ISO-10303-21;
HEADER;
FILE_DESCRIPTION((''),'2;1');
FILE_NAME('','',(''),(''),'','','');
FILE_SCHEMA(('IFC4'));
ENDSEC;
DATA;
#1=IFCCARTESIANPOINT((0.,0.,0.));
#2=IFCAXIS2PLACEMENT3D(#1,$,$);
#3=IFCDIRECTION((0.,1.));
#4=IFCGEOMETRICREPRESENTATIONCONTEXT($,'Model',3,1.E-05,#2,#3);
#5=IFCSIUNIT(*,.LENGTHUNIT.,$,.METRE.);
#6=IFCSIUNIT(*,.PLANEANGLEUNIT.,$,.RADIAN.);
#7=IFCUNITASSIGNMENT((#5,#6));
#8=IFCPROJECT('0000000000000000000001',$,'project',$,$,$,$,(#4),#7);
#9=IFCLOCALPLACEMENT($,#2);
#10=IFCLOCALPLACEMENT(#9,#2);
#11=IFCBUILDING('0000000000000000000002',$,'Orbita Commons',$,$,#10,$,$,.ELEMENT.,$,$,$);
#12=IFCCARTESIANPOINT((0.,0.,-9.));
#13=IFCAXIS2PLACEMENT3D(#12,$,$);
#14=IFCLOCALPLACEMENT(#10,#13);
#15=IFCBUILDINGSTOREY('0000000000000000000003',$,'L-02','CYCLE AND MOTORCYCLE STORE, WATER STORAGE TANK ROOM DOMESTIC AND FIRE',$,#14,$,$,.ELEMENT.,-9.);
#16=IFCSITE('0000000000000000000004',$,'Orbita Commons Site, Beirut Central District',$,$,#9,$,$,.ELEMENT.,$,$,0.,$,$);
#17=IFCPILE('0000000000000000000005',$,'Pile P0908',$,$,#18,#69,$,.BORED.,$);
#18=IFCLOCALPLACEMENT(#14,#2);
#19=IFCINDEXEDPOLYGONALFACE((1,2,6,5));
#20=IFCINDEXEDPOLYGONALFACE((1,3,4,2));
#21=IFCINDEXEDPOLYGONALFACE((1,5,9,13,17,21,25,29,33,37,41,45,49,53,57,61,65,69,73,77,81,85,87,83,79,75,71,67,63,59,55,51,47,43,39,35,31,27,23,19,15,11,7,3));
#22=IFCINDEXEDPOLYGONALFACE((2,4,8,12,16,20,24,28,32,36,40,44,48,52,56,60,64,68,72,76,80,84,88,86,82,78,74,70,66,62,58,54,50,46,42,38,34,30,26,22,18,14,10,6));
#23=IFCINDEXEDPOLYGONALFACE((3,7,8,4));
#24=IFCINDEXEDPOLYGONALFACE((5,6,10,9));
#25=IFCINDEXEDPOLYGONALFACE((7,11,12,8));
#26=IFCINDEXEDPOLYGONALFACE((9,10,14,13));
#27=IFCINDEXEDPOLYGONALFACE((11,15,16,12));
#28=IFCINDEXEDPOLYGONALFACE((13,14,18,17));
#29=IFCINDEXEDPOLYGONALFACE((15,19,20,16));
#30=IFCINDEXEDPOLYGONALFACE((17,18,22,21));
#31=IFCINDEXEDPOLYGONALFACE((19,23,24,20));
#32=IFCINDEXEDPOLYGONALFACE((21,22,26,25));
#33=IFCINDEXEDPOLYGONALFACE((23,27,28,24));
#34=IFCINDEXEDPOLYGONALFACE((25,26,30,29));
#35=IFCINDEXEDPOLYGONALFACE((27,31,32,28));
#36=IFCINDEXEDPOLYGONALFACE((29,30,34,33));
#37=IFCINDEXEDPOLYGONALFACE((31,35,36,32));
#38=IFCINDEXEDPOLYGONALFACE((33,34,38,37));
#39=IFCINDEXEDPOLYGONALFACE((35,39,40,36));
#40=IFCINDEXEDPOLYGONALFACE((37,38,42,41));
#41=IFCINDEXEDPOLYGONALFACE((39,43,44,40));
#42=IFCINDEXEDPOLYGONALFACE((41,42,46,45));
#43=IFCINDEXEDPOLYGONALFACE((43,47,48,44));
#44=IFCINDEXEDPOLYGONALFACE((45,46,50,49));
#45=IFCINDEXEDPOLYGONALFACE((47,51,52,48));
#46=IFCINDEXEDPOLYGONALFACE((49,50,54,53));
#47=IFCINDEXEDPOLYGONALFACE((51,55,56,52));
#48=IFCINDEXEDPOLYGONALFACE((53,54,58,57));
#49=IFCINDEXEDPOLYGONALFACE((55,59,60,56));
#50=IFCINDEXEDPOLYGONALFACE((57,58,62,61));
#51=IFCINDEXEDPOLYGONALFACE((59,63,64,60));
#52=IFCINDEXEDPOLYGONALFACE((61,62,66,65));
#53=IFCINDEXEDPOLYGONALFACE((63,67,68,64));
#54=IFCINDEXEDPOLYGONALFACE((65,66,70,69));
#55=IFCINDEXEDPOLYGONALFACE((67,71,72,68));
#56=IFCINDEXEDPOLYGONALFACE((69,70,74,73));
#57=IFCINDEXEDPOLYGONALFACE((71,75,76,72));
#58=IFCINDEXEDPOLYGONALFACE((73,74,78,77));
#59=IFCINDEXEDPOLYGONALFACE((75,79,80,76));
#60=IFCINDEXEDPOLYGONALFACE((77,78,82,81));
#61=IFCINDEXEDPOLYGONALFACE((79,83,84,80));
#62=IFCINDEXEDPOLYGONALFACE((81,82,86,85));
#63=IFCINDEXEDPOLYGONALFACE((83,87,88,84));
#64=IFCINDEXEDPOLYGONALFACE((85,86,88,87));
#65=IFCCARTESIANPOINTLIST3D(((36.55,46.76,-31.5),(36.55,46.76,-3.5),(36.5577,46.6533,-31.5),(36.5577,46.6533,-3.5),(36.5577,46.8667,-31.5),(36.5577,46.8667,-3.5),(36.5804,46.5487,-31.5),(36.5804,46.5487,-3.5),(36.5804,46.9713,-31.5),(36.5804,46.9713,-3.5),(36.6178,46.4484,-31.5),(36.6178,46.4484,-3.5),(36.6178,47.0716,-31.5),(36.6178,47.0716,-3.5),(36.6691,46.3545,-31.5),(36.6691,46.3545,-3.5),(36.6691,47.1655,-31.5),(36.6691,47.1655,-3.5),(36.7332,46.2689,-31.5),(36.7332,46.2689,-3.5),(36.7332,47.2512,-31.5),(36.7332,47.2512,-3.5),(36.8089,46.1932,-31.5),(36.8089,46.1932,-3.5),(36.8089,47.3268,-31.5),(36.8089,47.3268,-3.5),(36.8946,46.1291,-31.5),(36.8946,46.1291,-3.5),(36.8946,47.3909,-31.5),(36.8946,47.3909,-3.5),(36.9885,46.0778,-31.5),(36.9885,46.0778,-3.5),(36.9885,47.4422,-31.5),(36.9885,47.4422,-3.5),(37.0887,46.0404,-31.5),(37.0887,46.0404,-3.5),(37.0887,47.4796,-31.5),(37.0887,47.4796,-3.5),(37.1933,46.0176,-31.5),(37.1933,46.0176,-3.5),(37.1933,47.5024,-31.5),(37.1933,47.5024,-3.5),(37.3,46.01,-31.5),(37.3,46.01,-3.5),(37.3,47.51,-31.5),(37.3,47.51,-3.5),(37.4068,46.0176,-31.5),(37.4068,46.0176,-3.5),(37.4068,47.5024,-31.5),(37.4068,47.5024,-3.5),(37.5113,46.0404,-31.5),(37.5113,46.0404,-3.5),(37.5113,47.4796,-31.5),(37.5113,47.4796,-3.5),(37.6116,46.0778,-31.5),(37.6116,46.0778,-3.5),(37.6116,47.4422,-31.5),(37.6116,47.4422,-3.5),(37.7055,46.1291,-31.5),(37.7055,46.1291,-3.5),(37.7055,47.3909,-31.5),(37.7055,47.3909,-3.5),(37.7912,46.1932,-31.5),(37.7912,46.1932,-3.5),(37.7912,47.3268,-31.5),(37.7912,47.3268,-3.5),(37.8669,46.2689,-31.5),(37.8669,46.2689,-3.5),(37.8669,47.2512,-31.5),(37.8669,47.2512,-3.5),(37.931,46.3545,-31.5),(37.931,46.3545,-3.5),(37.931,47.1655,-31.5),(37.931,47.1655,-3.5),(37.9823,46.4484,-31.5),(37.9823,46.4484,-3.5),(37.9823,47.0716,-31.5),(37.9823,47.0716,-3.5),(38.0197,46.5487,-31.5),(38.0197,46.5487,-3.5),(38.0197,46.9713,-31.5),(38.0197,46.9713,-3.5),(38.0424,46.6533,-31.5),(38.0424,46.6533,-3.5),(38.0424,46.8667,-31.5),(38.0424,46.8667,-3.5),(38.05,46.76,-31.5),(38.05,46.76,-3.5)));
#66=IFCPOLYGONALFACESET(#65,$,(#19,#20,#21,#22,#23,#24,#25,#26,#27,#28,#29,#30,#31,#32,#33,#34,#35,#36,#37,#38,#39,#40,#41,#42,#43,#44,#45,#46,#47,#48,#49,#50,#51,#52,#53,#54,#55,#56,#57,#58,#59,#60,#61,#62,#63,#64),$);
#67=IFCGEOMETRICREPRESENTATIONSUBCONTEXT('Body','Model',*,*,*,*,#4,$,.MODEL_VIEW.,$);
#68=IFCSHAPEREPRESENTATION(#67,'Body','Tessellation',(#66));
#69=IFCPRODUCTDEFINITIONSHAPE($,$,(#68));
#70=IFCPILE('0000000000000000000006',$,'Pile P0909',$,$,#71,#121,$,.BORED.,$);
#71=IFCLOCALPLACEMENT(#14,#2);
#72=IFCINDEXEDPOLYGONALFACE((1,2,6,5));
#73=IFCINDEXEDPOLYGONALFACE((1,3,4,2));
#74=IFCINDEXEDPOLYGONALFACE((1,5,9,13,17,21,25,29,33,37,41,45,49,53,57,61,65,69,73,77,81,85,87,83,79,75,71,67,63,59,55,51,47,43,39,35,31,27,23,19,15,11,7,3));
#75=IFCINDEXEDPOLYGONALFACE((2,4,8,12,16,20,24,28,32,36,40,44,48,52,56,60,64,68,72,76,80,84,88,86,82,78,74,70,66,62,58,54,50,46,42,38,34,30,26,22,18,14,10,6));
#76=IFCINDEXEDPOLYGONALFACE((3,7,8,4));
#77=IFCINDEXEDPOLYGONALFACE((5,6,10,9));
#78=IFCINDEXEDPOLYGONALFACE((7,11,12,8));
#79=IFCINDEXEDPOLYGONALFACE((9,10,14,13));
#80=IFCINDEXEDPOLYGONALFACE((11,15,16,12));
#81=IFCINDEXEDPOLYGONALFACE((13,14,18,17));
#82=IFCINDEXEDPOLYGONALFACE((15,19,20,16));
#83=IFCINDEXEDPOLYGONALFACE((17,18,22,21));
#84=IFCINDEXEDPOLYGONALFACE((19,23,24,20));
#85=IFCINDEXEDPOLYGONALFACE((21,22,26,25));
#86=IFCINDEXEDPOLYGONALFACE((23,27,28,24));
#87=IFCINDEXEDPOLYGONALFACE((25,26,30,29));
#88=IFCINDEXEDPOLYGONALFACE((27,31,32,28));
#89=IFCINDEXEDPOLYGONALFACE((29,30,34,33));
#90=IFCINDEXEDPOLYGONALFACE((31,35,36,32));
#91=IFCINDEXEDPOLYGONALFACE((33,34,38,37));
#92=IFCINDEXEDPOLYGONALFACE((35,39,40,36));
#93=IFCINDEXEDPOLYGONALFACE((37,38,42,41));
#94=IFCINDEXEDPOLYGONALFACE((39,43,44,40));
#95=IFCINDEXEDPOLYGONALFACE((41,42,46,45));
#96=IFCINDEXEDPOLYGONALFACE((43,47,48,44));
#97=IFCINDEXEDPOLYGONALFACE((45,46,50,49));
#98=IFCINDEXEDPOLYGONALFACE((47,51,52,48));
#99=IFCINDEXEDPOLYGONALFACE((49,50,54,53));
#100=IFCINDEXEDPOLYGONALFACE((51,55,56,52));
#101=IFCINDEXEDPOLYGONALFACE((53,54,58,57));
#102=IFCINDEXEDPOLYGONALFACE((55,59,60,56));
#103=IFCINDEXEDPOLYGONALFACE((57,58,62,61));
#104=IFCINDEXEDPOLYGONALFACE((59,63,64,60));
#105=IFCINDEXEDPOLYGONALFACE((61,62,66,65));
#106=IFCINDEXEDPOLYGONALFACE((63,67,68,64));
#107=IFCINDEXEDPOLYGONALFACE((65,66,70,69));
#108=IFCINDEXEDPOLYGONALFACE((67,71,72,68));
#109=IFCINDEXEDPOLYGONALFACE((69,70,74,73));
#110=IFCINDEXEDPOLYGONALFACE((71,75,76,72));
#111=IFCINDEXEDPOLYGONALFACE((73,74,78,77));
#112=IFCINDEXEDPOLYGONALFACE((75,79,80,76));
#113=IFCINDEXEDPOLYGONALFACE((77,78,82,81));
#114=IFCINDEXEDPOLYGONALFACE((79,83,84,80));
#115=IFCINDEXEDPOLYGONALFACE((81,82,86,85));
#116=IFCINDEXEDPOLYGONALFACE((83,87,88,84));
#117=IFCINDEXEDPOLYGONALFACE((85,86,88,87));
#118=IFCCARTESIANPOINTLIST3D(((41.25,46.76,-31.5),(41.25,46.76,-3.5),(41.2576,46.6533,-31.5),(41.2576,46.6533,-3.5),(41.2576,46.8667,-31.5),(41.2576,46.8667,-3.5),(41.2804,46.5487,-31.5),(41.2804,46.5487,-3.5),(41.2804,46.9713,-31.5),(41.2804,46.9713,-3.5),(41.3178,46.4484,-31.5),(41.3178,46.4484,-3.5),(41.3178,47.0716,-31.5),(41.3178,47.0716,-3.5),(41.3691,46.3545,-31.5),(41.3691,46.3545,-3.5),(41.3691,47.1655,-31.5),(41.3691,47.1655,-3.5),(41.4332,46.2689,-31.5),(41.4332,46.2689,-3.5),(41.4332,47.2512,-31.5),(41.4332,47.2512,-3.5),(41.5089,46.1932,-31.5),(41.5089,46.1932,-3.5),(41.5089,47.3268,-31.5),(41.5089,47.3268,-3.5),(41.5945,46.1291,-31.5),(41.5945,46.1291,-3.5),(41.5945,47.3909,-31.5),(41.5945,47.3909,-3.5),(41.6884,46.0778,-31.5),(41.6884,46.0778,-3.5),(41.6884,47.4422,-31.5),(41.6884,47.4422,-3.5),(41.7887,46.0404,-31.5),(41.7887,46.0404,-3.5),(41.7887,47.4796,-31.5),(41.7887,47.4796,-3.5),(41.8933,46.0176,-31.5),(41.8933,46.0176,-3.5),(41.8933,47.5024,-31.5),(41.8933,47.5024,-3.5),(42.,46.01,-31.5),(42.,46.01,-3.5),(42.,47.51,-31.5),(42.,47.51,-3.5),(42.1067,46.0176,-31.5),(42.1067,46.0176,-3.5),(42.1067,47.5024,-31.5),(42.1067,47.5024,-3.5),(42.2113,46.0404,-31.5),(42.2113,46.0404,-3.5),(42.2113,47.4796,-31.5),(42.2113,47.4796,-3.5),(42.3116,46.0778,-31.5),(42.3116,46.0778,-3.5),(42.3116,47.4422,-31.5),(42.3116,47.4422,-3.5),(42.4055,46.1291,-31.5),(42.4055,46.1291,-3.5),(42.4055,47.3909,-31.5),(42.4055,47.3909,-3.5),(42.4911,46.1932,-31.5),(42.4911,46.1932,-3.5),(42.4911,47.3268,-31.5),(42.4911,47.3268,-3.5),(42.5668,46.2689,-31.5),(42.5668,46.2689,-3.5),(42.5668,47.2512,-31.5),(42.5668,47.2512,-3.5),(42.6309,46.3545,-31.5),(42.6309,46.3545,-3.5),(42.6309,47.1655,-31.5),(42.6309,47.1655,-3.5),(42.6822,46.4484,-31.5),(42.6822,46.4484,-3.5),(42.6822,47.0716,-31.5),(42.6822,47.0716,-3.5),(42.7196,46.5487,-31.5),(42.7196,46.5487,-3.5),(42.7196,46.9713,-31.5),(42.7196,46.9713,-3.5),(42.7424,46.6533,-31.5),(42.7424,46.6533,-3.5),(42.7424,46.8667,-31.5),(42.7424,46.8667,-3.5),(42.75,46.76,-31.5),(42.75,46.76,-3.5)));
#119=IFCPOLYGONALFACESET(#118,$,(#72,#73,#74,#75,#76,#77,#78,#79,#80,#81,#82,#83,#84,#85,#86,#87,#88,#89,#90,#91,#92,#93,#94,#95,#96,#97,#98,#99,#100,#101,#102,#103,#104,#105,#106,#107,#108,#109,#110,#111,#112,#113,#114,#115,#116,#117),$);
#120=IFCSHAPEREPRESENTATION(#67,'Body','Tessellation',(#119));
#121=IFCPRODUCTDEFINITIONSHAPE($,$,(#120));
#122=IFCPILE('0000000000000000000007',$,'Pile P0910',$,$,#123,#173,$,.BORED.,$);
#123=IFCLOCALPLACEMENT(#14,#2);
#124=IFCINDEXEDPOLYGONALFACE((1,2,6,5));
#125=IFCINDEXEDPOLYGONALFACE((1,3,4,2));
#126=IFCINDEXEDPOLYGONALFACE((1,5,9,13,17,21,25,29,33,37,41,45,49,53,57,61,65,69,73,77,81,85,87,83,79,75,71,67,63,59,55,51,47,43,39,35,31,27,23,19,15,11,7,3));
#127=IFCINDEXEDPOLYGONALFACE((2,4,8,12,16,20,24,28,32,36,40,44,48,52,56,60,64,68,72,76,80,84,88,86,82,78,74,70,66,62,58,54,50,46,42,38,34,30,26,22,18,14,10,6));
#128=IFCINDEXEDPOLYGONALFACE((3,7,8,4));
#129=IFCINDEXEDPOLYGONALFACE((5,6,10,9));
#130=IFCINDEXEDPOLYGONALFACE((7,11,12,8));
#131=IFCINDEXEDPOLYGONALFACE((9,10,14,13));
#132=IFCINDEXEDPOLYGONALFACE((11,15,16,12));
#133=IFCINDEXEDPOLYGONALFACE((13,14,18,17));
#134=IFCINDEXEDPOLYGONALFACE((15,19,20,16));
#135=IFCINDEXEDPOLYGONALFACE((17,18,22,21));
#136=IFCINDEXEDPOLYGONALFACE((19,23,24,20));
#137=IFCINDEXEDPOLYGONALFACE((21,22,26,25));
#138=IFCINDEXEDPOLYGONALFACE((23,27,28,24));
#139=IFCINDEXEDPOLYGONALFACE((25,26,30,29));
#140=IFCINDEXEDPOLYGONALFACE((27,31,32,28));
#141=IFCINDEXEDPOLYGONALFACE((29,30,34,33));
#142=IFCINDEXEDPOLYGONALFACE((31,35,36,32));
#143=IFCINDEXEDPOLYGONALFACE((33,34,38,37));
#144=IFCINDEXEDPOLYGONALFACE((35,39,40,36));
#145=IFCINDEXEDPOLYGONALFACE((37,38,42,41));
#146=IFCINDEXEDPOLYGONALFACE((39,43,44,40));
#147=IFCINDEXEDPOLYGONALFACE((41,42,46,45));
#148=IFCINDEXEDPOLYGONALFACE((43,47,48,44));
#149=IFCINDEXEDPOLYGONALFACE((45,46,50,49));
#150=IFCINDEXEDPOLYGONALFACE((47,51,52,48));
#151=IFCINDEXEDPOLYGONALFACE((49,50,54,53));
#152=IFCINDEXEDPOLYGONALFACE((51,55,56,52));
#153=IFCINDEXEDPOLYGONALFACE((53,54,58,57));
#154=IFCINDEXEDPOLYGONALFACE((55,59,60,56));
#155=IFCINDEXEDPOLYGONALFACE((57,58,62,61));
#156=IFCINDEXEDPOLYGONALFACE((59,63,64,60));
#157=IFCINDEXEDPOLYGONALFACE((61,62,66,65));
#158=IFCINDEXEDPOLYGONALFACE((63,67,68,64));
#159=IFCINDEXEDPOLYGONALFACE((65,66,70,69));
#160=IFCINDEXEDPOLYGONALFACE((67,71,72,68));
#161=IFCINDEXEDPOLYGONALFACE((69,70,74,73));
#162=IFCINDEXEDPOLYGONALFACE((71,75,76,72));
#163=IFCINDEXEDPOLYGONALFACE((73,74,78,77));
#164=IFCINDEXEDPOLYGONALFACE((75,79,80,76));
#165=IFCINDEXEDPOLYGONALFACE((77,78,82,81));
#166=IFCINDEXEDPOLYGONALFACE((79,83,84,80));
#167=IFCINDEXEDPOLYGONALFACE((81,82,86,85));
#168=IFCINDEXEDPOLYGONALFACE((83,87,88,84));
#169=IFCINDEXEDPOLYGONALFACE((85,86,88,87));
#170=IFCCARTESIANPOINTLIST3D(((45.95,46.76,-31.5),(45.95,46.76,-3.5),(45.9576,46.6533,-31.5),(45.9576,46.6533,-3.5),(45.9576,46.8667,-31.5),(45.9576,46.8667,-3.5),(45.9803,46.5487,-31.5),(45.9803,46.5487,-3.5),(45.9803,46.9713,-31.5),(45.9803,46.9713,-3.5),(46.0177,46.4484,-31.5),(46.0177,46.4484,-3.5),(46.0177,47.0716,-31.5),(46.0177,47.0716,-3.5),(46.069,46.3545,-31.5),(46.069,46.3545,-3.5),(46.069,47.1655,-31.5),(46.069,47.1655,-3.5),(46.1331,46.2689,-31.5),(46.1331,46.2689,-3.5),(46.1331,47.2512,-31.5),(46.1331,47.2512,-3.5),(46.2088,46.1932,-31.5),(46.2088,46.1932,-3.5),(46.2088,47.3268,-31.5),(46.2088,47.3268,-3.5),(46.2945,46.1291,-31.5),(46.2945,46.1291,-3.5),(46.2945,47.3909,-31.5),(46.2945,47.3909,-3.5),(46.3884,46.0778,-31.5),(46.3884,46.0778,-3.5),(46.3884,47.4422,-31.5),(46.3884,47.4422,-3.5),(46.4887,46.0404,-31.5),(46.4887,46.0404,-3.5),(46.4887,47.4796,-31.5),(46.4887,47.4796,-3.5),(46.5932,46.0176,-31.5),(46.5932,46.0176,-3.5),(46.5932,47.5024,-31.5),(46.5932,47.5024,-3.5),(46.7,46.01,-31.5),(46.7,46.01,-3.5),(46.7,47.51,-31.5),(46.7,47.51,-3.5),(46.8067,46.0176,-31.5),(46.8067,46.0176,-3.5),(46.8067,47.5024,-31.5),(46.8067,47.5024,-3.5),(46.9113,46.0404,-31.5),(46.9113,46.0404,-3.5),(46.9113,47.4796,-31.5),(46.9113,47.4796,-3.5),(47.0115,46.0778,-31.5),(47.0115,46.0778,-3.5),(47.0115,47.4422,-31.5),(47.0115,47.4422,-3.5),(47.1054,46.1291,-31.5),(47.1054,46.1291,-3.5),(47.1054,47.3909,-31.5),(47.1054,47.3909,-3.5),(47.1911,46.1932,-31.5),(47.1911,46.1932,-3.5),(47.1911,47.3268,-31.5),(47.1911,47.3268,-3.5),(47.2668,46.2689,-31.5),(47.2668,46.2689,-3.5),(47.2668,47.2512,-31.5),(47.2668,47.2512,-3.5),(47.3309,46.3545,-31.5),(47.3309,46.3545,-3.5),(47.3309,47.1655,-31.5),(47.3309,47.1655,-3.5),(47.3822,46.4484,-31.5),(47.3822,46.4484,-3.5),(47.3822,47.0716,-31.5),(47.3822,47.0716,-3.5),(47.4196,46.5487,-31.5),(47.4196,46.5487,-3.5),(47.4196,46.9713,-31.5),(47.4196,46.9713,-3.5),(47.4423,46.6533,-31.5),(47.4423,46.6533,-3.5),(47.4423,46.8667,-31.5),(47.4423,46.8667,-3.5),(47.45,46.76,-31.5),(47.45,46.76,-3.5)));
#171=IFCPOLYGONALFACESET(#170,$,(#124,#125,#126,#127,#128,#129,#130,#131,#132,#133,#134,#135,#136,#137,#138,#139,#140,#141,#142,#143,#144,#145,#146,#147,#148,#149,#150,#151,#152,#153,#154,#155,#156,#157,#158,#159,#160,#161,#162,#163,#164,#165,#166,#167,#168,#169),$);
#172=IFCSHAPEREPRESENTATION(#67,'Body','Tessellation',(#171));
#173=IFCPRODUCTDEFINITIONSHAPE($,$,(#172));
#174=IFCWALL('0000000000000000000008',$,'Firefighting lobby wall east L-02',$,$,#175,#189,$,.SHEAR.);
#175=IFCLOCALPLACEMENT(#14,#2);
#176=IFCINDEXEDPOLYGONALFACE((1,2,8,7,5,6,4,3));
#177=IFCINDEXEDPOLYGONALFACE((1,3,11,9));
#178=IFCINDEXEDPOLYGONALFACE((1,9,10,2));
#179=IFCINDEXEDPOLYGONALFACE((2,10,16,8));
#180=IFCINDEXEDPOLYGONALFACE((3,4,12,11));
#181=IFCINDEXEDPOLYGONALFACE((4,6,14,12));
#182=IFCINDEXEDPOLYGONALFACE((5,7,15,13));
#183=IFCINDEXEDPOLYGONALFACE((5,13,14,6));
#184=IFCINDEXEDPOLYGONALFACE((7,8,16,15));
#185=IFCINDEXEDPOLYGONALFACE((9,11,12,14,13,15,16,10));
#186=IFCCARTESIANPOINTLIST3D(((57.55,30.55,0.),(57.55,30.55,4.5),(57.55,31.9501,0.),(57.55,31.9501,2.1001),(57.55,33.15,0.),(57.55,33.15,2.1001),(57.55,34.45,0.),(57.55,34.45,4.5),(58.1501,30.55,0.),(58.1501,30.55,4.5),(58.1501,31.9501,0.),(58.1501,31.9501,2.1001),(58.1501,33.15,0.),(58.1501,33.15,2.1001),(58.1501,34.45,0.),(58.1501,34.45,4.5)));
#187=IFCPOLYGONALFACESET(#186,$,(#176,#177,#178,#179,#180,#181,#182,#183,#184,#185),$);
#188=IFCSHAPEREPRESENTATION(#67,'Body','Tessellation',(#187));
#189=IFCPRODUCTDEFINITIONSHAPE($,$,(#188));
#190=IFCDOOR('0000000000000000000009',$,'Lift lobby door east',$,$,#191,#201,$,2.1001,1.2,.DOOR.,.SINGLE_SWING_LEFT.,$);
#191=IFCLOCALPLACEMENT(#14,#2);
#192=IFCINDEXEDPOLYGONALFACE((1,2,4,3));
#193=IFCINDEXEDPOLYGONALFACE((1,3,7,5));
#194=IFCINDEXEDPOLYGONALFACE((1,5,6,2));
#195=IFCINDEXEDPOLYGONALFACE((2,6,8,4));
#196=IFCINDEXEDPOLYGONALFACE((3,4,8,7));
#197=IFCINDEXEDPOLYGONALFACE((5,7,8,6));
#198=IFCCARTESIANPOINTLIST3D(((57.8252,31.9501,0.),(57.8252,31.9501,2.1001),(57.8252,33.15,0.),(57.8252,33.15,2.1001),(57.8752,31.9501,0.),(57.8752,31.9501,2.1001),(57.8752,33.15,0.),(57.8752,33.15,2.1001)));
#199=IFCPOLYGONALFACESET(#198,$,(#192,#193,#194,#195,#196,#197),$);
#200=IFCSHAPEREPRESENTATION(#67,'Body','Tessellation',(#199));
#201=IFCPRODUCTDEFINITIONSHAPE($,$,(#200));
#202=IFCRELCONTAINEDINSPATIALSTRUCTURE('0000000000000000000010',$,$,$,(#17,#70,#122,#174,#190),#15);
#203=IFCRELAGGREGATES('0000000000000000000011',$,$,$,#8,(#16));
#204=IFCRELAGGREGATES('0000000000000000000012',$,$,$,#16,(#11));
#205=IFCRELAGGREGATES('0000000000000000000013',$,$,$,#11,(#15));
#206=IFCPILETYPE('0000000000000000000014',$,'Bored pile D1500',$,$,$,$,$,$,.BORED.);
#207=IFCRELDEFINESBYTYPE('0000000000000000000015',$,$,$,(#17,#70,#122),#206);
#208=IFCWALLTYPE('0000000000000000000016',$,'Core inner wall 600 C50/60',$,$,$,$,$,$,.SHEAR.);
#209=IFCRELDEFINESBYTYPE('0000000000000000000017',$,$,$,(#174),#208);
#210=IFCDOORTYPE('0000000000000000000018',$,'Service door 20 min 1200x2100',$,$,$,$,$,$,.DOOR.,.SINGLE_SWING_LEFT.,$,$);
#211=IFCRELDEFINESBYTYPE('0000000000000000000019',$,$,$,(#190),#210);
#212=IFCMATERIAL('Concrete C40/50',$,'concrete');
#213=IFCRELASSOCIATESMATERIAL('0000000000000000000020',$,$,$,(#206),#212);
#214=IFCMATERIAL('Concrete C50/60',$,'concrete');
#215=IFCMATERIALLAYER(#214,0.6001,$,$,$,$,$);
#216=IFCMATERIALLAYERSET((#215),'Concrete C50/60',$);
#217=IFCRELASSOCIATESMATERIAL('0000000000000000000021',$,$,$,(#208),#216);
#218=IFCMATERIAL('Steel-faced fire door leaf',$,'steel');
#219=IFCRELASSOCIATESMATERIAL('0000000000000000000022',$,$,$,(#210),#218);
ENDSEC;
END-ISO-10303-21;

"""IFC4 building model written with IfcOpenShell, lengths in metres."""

from ifc_helpers import new_model, si_unit, direction, frame, frame_2d, origin, origin_2d, place, context, subcontext, project, spatial, rectangle, circle, extrude, material, layer, layer_set, material_profile, profile_set, type_object, element, fill, save


model = new_model("IFC4")

# Units and contexts
model_context = context("Model", 3, precision=1e-05, world=origin(), true_north=direction((0.0, 1.0)))
body_context = subcontext(model_context, "Body", "Model", "MODEL_VIEW")
ifc_project = project(units=[si_unit("LENGTHUNIT", "METRE"), si_unit("PLANEANGLEUNIT", "RADIAN")], contexts=[model_context])

# Site, building, storey
site_placement = place(None, origin())
site = spatial("IfcSite", under=ifc_project, at=site_placement, Name="Orbita Commons Site, Beirut Central District", CompositionType="ELEMENT", RefElevation=0.0)
building_placement = place(site_placement, origin())
building = spatial("IfcBuilding", under=site, at=building_placement, Name="Orbita Commons", CompositionType="ELEMENT")
storey_placement = place(building_placement, frame((0.0, 0.0, -9.0)))
storey = spatial("IfcBuildingStorey", under=building, at=storey_placement, Name="L-02", Description="CYCLE AND MOTORCYCLE STORE, WATER STORAGE TANK ROOM DOMESTIC AND FIRE", CompositionType="ELEMENT", Elevation=-9.0)

# Piles
ifc_material_1 = material(Name="Concrete C40/50", Category="concrete")
ifc_material_profile = material_profile(ifc_material_1, circle(Radius=0.75, at=origin_2d()), Name="RC D1500")
ifc_profile_set = profile_set([ifc_material_profile], Name="Concrete C40/50")
pile_type = type_object("IfcPileType", Name="Bored pile D1500", PredefinedType="BORED", material=ifc_profile_set)
for number, where, z_axis, x_axis, name in (
    (1, (37.3, 46.76, -3.5), (0.0, 0.0, -1.0), (1.0, 0.0, 0.0), "Pile P0908"),
    (2, (42.0, 46.76, -3.5), (0.0, 0.0, -1.0), (1.0, 0.0, 0.0), "Pile P0909"),
    (3, (46.7, 46.76, -3.5), (0.0, 0.0, -1.0), (1.0, 0.0, 0.0), "Pile P0910"),
):
    element("IfcPile", number, at=place(storey_placement, frame(where, z_axis=z_axis, x_axis=x_axis)), inside=storey, type_object=pile_type, Name=name, PredefinedType="BORED", context=body_context, shape_type="SweptSolid", body=[
        extrude(circle(Radius=0.75, at=origin_2d()), origin(), (0.0, 0.0, 1.0), 28.0),
    ])

# Wall, opening, door
ifc_material_2 = material(Name="Concrete C50/60", Category="concrete")
ifc_layer_1 = layer(ifc_material_2, 0.6001)
ifc_layer_set_1 = layer_set([ifc_layer_1], Name="Concrete C50/60")
wall_type_1 = type_object("IfcWallType", Name="Core inner wall 600 C50/60", PredefinedType="SHEAR", material=ifc_layer_set_1)
wall_1_placement = place(storey_placement, frame((57.8501, 30.55, 0.0), z_axis=(0.0, 0.0, 1.0), x_axis=(0.0, 1.0, 0.0)))
wall_1 = element("IfcWall", 4, at=wall_1_placement, inside=storey, type_object=wall_type_1, Name="Firefighting lobby wall east L-02", PredefinedType="SHEAR", context=body_context, shape_type="SweptSolid", body=[
    extrude(rectangle(XDim=3.8999, YDim=0.6001, at=frame_2d((1.95, 0.0))), origin(), (0.0, 0.0, 1.0), 4.5),
])
opening_placement = place(wall_1_placement, frame((1.3999, 0.0, 0.0)))
opening = element("IfcOpeningElement", 5, at=opening_placement, cuts=wall_1, PredefinedType="OPENING", context=body_context, shape_type="SweptSolid", body=[
    extrude(rectangle(XDim=1.2, YDim=2.1001, at=frame_2d((0.6001, 1.05))), frame((0.0, 0.3101, 0.0), z_axis=(0.0, -1.0, 0.0), x_axis=(1.0, 0.0, 0.0)), (0.0, 0.0, 1.0), 0.6201),
])
ifc_material_3 = material(Name="Steel-faced fire door leaf", Category="steel")
door_type = type_object("IfcDoorType", Name="Service door 20 min 1200x2100", OperationType="SINGLE_SWING_LEFT", PredefinedType="DOOR", material=ifc_material_3)
door_placement = place(opening_placement, origin())
door = element("IfcDoor", 6, at=door_placement, inside=storey, type_object=door_type, Name="Lift lobby door east", OperationType="SINGLE_SWING_LEFT", OverallHeight=2.1001, OverallWidth=1.2, PredefinedType="DOOR", context=body_context, shape_type="SweptSolid", body=[
    extrude(rectangle(XDim=1.2, YDim=2.1001, at=frame_2d((0.6001, 1.05))), frame((0.0, 0.0249, 0.0), z_axis=(0.0, -1.0, 0.0), x_axis=(1.0, 0.0, 0.0)), (0.0, 0.0, 1.0), 0.05),
])
fill(opening, door)

save(model, "model.ifc")
